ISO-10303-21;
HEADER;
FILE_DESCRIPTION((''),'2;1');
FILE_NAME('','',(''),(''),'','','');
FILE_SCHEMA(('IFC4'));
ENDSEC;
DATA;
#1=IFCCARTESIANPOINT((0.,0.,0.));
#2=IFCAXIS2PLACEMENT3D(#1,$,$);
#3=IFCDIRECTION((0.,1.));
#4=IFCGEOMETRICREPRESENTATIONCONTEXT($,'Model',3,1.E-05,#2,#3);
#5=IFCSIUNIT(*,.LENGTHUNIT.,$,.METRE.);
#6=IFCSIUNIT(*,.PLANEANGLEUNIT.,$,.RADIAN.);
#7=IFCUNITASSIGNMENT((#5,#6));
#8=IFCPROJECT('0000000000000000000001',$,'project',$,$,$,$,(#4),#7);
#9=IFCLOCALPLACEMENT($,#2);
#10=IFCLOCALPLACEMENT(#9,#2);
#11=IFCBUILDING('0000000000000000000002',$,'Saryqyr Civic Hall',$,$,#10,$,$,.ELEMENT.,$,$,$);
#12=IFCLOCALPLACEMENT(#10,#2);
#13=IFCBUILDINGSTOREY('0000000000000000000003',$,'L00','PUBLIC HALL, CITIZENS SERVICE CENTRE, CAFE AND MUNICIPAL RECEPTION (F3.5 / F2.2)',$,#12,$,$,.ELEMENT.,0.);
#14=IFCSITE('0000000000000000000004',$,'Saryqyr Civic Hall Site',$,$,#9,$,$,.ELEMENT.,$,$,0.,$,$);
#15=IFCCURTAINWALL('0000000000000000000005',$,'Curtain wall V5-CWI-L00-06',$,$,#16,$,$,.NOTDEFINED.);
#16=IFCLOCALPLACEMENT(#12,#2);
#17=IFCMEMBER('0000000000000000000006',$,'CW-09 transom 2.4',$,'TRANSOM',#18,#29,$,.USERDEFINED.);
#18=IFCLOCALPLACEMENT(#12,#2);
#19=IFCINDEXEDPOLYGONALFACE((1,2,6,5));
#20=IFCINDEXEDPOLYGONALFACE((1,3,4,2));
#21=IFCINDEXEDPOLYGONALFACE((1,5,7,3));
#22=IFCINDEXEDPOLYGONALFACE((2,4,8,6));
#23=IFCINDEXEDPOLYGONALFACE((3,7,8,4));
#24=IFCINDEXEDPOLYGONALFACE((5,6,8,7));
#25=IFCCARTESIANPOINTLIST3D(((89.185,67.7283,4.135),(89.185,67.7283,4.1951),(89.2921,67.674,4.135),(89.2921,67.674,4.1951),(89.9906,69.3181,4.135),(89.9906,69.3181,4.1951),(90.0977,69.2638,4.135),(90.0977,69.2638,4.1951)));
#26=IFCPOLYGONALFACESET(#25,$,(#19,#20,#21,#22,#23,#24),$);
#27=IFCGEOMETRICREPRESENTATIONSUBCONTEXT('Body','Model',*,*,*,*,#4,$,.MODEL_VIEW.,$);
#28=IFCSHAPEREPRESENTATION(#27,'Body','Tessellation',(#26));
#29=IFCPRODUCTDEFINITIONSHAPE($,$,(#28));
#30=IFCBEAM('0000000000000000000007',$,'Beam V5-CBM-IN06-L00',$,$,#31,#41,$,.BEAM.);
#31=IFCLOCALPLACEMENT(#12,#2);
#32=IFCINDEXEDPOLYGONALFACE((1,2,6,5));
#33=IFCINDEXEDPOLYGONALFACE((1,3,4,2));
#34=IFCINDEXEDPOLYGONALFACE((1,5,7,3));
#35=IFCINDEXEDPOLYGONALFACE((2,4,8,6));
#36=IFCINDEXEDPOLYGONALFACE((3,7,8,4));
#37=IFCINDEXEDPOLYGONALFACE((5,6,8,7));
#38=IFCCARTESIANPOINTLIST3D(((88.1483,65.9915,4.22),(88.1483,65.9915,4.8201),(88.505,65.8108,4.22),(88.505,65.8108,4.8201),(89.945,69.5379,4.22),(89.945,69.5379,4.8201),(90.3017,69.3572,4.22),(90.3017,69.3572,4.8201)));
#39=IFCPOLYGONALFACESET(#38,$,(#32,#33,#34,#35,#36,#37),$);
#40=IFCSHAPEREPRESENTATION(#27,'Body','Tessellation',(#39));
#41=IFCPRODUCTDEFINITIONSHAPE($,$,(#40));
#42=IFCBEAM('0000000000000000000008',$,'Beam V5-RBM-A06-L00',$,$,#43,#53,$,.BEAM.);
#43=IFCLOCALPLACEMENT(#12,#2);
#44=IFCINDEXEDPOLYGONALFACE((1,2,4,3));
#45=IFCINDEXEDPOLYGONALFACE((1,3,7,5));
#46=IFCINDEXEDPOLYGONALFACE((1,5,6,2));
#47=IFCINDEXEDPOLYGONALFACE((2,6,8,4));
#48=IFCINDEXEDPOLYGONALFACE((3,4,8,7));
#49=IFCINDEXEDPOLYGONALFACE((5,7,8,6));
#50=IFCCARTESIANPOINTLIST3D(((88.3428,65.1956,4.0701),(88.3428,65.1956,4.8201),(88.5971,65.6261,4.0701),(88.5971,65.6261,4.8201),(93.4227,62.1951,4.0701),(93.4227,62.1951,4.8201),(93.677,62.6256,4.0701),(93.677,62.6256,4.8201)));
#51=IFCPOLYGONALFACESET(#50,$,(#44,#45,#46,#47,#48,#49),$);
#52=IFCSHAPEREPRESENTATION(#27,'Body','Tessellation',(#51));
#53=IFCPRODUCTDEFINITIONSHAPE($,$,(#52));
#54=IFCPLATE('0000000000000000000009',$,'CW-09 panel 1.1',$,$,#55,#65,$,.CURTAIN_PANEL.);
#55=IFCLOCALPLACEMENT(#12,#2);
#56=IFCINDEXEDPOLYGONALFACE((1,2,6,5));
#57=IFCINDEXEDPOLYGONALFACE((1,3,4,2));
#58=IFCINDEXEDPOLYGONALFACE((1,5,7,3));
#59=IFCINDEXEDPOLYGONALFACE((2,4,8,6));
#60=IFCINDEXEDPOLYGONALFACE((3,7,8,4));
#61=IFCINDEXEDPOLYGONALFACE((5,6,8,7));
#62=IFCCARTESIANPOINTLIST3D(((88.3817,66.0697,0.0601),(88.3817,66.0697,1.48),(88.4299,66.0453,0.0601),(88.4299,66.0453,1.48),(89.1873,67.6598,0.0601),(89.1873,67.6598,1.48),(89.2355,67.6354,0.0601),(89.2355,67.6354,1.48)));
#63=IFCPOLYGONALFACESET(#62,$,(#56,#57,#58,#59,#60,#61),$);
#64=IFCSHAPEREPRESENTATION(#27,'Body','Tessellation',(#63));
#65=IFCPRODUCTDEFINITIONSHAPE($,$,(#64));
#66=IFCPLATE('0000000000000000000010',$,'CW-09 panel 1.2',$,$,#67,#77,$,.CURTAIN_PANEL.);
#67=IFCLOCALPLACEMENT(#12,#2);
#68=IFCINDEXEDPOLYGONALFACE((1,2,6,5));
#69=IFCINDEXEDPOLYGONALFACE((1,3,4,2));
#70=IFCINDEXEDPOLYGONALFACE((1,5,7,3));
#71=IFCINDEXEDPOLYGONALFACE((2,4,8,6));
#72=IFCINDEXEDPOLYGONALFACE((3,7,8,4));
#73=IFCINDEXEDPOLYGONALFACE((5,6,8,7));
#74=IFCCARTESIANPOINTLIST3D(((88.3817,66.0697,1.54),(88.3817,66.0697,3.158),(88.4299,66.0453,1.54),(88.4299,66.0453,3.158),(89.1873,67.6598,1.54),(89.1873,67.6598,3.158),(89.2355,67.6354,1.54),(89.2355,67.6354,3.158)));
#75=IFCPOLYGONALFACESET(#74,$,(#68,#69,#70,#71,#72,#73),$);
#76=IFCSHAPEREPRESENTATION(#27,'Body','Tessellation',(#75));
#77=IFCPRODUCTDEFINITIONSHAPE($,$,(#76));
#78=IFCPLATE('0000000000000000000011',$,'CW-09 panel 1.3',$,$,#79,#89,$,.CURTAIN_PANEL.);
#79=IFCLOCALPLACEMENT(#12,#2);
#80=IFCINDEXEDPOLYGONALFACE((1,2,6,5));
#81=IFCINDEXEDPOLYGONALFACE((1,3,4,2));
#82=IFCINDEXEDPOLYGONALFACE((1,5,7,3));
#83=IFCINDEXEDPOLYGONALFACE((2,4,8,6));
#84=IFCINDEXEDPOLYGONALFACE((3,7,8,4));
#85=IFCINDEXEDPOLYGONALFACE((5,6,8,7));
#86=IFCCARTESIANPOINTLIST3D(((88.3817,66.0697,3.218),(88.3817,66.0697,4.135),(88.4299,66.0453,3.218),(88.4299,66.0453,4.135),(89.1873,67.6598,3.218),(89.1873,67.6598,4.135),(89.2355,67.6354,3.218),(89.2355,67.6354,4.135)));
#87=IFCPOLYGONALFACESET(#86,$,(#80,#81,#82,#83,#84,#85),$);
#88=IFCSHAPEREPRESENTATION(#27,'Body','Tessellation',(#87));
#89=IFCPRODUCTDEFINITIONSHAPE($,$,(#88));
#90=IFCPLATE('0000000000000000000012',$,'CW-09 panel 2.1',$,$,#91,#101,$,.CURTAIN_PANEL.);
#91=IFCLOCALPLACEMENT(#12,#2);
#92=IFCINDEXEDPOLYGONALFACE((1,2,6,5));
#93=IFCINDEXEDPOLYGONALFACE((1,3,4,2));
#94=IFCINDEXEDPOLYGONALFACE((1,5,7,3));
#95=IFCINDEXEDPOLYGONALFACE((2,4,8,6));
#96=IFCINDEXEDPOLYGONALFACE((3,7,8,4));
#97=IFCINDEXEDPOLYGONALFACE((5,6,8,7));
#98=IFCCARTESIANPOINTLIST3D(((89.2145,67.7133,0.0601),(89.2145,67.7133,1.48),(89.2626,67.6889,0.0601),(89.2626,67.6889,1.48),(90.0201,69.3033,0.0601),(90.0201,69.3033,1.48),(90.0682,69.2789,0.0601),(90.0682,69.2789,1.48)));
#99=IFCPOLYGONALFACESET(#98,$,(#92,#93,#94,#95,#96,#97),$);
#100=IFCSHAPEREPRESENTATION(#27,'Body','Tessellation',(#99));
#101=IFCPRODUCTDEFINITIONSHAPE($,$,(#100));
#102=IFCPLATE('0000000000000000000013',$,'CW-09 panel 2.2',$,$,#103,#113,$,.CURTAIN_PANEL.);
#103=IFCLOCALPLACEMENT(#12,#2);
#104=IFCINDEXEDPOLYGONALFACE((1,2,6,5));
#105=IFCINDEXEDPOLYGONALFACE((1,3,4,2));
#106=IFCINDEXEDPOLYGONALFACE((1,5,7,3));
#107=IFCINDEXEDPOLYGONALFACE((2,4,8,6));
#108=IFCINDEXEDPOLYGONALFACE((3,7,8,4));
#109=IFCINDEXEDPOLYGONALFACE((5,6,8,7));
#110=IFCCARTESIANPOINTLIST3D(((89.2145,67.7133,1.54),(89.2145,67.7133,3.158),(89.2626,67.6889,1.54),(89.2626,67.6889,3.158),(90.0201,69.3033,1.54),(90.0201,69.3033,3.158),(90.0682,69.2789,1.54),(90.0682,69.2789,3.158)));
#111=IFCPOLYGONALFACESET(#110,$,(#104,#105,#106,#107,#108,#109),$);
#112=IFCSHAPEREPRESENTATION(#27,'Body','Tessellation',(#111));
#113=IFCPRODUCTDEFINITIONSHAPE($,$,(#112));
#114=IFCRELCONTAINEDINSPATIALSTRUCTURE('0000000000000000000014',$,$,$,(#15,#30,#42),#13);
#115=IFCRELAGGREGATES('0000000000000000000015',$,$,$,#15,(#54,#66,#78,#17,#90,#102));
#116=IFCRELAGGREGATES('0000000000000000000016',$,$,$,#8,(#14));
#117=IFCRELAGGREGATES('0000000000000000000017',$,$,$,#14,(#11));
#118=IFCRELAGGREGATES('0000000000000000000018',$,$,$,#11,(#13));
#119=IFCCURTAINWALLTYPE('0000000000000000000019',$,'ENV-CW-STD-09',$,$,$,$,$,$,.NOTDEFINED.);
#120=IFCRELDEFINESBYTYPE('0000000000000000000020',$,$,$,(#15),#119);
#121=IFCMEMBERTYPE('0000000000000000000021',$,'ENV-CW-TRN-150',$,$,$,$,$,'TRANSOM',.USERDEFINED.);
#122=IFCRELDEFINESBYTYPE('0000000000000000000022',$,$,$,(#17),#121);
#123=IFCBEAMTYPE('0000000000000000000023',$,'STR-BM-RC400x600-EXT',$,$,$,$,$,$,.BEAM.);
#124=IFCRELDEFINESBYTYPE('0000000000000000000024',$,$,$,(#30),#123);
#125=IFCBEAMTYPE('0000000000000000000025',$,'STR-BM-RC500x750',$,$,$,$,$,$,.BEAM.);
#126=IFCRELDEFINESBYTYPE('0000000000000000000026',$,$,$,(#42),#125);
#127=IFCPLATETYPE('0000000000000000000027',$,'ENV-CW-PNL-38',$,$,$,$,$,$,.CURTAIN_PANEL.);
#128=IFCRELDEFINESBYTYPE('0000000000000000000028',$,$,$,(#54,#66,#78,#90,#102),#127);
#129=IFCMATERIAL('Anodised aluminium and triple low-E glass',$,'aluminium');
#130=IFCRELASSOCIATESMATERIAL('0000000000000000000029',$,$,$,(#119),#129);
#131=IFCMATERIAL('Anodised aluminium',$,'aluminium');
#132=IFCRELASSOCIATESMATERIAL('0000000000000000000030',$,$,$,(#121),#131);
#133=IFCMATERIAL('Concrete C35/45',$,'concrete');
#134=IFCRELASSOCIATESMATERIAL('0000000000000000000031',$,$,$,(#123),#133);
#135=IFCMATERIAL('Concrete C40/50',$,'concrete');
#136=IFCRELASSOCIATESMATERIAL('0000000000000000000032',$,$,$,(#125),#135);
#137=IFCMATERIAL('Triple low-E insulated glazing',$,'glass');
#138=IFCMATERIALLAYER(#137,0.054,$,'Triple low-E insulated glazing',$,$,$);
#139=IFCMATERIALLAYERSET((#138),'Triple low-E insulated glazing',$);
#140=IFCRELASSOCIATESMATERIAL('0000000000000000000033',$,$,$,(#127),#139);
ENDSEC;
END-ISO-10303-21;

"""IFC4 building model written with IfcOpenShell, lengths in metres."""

from ifc_helpers import new_model, si_unit, direction, frame, origin, origin_2d, place, context, subcontext, project, spatial, rectangle, extrude, material, layer, layer_set, material_profile, profile_set, type_object, element, aggregate, save


model = new_model("IFC4")

# Units and contexts
model_context = context("Model", 3, precision=1e-05, world=origin(), true_north=direction((0.0, 1.0)))
body_context = subcontext(model_context, "Body", "Model", "MODEL_VIEW")
ifc_project = project(units=[si_unit("LENGTHUNIT", "METRE"), si_unit("PLANEANGLEUNIT", "RADIAN")], contexts=[model_context])

# Site, building, storey
site_placement = place(None, origin())
site = spatial("IfcSite", under=ifc_project, at=site_placement, Name="Saryqyr Civic Hall Site", CompositionType="ELEMENT", RefElevation=0.0)
building_placement = place(site_placement, origin())
building = spatial("IfcBuilding", under=site, at=building_placement, Name="Saryqyr Civic Hall", CompositionType="ELEMENT")
storey_placement = place(building_placement, origin())
storey = spatial("IfcBuildingStorey", under=building, at=storey_placement, Name="L00", Description="PUBLIC HALL, CITIZENS SERVICE CENTRE, CAFE AND MUNICIPAL RECEPTION (F3.5 / F2.2)", CompositionType="ELEMENT", Elevation=0.0)

# Shared definitions
ifc_material_1 = material(Name="Concrete C40/50", Category="concrete")

# Curtain wall, member
ifc_material_2 = material(Name="Anodised aluminium and triple low-E glass", Category="aluminium")
curtain_wall_type = type_object("IfcCurtainWallType", Name="ENV-CW-STD-09", PredefinedType="NOTDEFINED", material=ifc_material_2)
curtain_wall_placement = place(storey_placement, origin())
curtain_wall = element("IfcCurtainWall", 1, at=curtain_wall_placement, inside=storey, type_object=curtain_wall_type, Name="Curtain wall V5-CWI-L00-06", PredefinedType="NOTDEFINED")
ifc_material_3 = material(Name="Anodised aluminium", Category="aluminium")
ifc_material_profile_1 = material_profile(ifc_material_3, rectangle(XDim=0.1201, YDim=0.0601, at=origin_2d()), Name="ALU TRANSOM 120x60")
ifc_profile_set_1 = profile_set([ifc_material_profile_1], Name="Anodised aluminium")
member_type_1 = type_object("IfcMemberType", Name="ENV-CW-TRN-150", ElementType="TRANSOM", PredefinedType="USERDEFINED", material=ifc_profile_set_1)
member_1_placement = place(storey_placement, frame((89.2385, 67.7012, 4.165), z_axis=(0.452029, 0.892003, 0.0), x_axis=(-0.892003, 0.452029, 0.0)))
member_1 = element("IfcMember", 2, at=member_1_placement, type_object=member_type_1, Name="CW-09 transom 2.4", ObjectType="TRANSOM", PredefinedType="USERDEFINED", context=body_context, shape_type="SweptSolid", body=[
    extrude(rectangle(XDim=0.1201, YDim=0.0601, at=origin_2d()), origin(), (0.0, 0.0, 1.0), 1.7822),
])

# Beams
ifc_material_4 = material(Name="Concrete C35/45", Category="concrete")
ifc_material_profile_2 = material_profile(ifc_material_4, rectangle(XDim=0.3999, YDim=0.6001, at=origin_2d()), Name="RC 400x600")
ifc_profile_set_2 = profile_set([ifc_material_profile_2], Name="Concrete C35/45")
beam_type_1 = type_object("IfcBeamType", Name="STR-BM-RC400x600-EXT", PredefinedType="BEAM", material=ifc_profile_set_2)
beam_1_placement = place(storey_placement, frame((88.3267, 65.9011, 4.52), z_axis=(0.451924, 0.892057, 0.0), x_axis=(-0.892057, 0.451924, 0.0)))
element("IfcBeam", 3, at=beam_1_placement, inside=storey, type_object=beam_type_1, Name="Beam V5-CBM-IN06-L00", PredefinedType="BEAM", context=body_context, shape_type="SweptSolid", body=[
    extrude(rectangle(XDim=0.3999, YDim=0.6001, at=origin_2d()), origin(), (0.0, 0.0, 1.0), 3.9756),
])
ifc_material_profile_3 = material_profile(ifc_material_1, rectangle(XDim=0.5, YDim=0.75, at=origin_2d()), Name="RC 500x750")
ifc_profile_set_3 = profile_set([ifc_material_profile_3], Name="Concrete C40/50")
beam_type_2 = type_object("IfcBeamType", Name="STR-BM-RC500x750", PredefinedType="BEAM", material=ifc_profile_set_3)
beam_2_placement = place(storey_placement, frame((88.47, 65.4109, 4.4451), z_axis=(0.861018, -0.508575, 0.0), x_axis=(0.508575, 0.861018, 0.0)))
element("IfcBeam", 4, at=beam_2_placement, inside=storey, type_object=beam_type_2, Name="Beam V5-RBM-A06-L00", PredefinedType="BEAM", context=body_context, shape_type="SweptSolid", body=[
    extrude(rectangle(XDim=0.5, YDim=0.75, at=origin_2d()), origin(), (0.0, 0.0, 1.0), 5.8999),
])

# Plates
ifc_material_5 = material(Name="Triple low-E insulated glazing", Category="glass")
ifc_layer = layer(ifc_material_5, 0.054, Name="Triple low-E insulated glazing")
ifc_layer_set = layer_set([ifc_layer], Name="Triple low-E insulated glazing")
plate_type = type_object("IfcPlateType", Name="ENV-CW-PNL-38", PredefinedType="CURTAIN_PANEL", material=ifc_layer_set)
plate_1_placement = place(storey_placement, frame((88.8086, 66.8525, 0.0601), z_axis=(0.0, 0.0, 1.0), x_axis=(0.45195, 0.892043, 0.0)))
plate_1 = element("IfcPlate", 5, at=plate_1_placement, type_object=plate_type, Name="CW-09 panel 1.1", PredefinedType="CURTAIN_PANEL", context=body_context, shape_type="SweptSolid", body=[
    extrude(rectangle(XDim=1.7825, YDim=0.054, at=origin_2d()), origin(), (0.0, 0.0, 1.0), 1.4199),
])
plate_2_placement = place(storey_placement, frame((88.8086, 66.8525, 1.54), z_axis=(0.0, 0.0, 1.0), x_axis=(0.45195, 0.892043, 0.0)))
plate_2 = element("IfcPlate", 6, at=plate_2_placement, type_object=plate_type, Name="CW-09 panel 1.2", PredefinedType="CURTAIN_PANEL", context=body_context, shape_type="SweptSolid", body=[
    extrude(rectangle(XDim=1.7825, YDim=0.054, at=origin_2d()), origin(), (0.0, 0.0, 1.0), 1.6179),
])
plate_3_placement = place(storey_placement, frame((88.8086, 66.8525, 3.218), z_axis=(0.0, 0.0, 1.0), x_axis=(0.45195, 0.892043, 0.0)))
plate_3 = element("IfcPlate", 7, at=plate_3_placement, type_object=plate_type, Name="CW-09 panel 1.3", PredefinedType="CURTAIN_PANEL", context=body_context, shape_type="SweptSolid", body=[
    extrude(rectangle(XDim=1.7825, YDim=0.054, at=origin_2d()), origin(), (0.0, 0.0, 1.0), 0.917),
])
plate_4_placement = place(storey_placement, frame((89.6414, 68.4961, 0.0601), z_axis=(0.0, 0.0, 1.0), x_axis=(0.45195, 0.892043, 0.0)))
plate_4 = element("IfcPlate", 8, at=plate_4_placement, type_object=plate_type, Name="CW-09 panel 2.1", PredefinedType="CURTAIN_PANEL", context=body_context, shape_type="SweptSolid", body=[
    extrude(rectangle(XDim=1.7825, YDim=0.054, at=origin_2d()), origin(), (0.0, 0.0, 1.0), 1.4199),
])
plate_5_placement = place(storey_placement, frame((89.6414, 68.4961, 1.54), z_axis=(0.0, 0.0, 1.0), x_axis=(0.45195, 0.892043, 0.0)))
plate_5 = element("IfcPlate", 9, at=plate_5_placement, type_object=plate_type, Name="CW-09 panel 2.2", PredefinedType="CURTAIN_PANEL", context=body_context, shape_type="SweptSolid", body=[
    extrude(rectangle(XDim=1.7825, YDim=0.054, at=origin_2d()), origin(), (0.0, 0.0, 1.0), 1.6179),
])
aggregate(curtain_wall, [plate_1, plate_2, plate_3, member_1, plate_4, plate_5])

save(model, "model.ifc")
